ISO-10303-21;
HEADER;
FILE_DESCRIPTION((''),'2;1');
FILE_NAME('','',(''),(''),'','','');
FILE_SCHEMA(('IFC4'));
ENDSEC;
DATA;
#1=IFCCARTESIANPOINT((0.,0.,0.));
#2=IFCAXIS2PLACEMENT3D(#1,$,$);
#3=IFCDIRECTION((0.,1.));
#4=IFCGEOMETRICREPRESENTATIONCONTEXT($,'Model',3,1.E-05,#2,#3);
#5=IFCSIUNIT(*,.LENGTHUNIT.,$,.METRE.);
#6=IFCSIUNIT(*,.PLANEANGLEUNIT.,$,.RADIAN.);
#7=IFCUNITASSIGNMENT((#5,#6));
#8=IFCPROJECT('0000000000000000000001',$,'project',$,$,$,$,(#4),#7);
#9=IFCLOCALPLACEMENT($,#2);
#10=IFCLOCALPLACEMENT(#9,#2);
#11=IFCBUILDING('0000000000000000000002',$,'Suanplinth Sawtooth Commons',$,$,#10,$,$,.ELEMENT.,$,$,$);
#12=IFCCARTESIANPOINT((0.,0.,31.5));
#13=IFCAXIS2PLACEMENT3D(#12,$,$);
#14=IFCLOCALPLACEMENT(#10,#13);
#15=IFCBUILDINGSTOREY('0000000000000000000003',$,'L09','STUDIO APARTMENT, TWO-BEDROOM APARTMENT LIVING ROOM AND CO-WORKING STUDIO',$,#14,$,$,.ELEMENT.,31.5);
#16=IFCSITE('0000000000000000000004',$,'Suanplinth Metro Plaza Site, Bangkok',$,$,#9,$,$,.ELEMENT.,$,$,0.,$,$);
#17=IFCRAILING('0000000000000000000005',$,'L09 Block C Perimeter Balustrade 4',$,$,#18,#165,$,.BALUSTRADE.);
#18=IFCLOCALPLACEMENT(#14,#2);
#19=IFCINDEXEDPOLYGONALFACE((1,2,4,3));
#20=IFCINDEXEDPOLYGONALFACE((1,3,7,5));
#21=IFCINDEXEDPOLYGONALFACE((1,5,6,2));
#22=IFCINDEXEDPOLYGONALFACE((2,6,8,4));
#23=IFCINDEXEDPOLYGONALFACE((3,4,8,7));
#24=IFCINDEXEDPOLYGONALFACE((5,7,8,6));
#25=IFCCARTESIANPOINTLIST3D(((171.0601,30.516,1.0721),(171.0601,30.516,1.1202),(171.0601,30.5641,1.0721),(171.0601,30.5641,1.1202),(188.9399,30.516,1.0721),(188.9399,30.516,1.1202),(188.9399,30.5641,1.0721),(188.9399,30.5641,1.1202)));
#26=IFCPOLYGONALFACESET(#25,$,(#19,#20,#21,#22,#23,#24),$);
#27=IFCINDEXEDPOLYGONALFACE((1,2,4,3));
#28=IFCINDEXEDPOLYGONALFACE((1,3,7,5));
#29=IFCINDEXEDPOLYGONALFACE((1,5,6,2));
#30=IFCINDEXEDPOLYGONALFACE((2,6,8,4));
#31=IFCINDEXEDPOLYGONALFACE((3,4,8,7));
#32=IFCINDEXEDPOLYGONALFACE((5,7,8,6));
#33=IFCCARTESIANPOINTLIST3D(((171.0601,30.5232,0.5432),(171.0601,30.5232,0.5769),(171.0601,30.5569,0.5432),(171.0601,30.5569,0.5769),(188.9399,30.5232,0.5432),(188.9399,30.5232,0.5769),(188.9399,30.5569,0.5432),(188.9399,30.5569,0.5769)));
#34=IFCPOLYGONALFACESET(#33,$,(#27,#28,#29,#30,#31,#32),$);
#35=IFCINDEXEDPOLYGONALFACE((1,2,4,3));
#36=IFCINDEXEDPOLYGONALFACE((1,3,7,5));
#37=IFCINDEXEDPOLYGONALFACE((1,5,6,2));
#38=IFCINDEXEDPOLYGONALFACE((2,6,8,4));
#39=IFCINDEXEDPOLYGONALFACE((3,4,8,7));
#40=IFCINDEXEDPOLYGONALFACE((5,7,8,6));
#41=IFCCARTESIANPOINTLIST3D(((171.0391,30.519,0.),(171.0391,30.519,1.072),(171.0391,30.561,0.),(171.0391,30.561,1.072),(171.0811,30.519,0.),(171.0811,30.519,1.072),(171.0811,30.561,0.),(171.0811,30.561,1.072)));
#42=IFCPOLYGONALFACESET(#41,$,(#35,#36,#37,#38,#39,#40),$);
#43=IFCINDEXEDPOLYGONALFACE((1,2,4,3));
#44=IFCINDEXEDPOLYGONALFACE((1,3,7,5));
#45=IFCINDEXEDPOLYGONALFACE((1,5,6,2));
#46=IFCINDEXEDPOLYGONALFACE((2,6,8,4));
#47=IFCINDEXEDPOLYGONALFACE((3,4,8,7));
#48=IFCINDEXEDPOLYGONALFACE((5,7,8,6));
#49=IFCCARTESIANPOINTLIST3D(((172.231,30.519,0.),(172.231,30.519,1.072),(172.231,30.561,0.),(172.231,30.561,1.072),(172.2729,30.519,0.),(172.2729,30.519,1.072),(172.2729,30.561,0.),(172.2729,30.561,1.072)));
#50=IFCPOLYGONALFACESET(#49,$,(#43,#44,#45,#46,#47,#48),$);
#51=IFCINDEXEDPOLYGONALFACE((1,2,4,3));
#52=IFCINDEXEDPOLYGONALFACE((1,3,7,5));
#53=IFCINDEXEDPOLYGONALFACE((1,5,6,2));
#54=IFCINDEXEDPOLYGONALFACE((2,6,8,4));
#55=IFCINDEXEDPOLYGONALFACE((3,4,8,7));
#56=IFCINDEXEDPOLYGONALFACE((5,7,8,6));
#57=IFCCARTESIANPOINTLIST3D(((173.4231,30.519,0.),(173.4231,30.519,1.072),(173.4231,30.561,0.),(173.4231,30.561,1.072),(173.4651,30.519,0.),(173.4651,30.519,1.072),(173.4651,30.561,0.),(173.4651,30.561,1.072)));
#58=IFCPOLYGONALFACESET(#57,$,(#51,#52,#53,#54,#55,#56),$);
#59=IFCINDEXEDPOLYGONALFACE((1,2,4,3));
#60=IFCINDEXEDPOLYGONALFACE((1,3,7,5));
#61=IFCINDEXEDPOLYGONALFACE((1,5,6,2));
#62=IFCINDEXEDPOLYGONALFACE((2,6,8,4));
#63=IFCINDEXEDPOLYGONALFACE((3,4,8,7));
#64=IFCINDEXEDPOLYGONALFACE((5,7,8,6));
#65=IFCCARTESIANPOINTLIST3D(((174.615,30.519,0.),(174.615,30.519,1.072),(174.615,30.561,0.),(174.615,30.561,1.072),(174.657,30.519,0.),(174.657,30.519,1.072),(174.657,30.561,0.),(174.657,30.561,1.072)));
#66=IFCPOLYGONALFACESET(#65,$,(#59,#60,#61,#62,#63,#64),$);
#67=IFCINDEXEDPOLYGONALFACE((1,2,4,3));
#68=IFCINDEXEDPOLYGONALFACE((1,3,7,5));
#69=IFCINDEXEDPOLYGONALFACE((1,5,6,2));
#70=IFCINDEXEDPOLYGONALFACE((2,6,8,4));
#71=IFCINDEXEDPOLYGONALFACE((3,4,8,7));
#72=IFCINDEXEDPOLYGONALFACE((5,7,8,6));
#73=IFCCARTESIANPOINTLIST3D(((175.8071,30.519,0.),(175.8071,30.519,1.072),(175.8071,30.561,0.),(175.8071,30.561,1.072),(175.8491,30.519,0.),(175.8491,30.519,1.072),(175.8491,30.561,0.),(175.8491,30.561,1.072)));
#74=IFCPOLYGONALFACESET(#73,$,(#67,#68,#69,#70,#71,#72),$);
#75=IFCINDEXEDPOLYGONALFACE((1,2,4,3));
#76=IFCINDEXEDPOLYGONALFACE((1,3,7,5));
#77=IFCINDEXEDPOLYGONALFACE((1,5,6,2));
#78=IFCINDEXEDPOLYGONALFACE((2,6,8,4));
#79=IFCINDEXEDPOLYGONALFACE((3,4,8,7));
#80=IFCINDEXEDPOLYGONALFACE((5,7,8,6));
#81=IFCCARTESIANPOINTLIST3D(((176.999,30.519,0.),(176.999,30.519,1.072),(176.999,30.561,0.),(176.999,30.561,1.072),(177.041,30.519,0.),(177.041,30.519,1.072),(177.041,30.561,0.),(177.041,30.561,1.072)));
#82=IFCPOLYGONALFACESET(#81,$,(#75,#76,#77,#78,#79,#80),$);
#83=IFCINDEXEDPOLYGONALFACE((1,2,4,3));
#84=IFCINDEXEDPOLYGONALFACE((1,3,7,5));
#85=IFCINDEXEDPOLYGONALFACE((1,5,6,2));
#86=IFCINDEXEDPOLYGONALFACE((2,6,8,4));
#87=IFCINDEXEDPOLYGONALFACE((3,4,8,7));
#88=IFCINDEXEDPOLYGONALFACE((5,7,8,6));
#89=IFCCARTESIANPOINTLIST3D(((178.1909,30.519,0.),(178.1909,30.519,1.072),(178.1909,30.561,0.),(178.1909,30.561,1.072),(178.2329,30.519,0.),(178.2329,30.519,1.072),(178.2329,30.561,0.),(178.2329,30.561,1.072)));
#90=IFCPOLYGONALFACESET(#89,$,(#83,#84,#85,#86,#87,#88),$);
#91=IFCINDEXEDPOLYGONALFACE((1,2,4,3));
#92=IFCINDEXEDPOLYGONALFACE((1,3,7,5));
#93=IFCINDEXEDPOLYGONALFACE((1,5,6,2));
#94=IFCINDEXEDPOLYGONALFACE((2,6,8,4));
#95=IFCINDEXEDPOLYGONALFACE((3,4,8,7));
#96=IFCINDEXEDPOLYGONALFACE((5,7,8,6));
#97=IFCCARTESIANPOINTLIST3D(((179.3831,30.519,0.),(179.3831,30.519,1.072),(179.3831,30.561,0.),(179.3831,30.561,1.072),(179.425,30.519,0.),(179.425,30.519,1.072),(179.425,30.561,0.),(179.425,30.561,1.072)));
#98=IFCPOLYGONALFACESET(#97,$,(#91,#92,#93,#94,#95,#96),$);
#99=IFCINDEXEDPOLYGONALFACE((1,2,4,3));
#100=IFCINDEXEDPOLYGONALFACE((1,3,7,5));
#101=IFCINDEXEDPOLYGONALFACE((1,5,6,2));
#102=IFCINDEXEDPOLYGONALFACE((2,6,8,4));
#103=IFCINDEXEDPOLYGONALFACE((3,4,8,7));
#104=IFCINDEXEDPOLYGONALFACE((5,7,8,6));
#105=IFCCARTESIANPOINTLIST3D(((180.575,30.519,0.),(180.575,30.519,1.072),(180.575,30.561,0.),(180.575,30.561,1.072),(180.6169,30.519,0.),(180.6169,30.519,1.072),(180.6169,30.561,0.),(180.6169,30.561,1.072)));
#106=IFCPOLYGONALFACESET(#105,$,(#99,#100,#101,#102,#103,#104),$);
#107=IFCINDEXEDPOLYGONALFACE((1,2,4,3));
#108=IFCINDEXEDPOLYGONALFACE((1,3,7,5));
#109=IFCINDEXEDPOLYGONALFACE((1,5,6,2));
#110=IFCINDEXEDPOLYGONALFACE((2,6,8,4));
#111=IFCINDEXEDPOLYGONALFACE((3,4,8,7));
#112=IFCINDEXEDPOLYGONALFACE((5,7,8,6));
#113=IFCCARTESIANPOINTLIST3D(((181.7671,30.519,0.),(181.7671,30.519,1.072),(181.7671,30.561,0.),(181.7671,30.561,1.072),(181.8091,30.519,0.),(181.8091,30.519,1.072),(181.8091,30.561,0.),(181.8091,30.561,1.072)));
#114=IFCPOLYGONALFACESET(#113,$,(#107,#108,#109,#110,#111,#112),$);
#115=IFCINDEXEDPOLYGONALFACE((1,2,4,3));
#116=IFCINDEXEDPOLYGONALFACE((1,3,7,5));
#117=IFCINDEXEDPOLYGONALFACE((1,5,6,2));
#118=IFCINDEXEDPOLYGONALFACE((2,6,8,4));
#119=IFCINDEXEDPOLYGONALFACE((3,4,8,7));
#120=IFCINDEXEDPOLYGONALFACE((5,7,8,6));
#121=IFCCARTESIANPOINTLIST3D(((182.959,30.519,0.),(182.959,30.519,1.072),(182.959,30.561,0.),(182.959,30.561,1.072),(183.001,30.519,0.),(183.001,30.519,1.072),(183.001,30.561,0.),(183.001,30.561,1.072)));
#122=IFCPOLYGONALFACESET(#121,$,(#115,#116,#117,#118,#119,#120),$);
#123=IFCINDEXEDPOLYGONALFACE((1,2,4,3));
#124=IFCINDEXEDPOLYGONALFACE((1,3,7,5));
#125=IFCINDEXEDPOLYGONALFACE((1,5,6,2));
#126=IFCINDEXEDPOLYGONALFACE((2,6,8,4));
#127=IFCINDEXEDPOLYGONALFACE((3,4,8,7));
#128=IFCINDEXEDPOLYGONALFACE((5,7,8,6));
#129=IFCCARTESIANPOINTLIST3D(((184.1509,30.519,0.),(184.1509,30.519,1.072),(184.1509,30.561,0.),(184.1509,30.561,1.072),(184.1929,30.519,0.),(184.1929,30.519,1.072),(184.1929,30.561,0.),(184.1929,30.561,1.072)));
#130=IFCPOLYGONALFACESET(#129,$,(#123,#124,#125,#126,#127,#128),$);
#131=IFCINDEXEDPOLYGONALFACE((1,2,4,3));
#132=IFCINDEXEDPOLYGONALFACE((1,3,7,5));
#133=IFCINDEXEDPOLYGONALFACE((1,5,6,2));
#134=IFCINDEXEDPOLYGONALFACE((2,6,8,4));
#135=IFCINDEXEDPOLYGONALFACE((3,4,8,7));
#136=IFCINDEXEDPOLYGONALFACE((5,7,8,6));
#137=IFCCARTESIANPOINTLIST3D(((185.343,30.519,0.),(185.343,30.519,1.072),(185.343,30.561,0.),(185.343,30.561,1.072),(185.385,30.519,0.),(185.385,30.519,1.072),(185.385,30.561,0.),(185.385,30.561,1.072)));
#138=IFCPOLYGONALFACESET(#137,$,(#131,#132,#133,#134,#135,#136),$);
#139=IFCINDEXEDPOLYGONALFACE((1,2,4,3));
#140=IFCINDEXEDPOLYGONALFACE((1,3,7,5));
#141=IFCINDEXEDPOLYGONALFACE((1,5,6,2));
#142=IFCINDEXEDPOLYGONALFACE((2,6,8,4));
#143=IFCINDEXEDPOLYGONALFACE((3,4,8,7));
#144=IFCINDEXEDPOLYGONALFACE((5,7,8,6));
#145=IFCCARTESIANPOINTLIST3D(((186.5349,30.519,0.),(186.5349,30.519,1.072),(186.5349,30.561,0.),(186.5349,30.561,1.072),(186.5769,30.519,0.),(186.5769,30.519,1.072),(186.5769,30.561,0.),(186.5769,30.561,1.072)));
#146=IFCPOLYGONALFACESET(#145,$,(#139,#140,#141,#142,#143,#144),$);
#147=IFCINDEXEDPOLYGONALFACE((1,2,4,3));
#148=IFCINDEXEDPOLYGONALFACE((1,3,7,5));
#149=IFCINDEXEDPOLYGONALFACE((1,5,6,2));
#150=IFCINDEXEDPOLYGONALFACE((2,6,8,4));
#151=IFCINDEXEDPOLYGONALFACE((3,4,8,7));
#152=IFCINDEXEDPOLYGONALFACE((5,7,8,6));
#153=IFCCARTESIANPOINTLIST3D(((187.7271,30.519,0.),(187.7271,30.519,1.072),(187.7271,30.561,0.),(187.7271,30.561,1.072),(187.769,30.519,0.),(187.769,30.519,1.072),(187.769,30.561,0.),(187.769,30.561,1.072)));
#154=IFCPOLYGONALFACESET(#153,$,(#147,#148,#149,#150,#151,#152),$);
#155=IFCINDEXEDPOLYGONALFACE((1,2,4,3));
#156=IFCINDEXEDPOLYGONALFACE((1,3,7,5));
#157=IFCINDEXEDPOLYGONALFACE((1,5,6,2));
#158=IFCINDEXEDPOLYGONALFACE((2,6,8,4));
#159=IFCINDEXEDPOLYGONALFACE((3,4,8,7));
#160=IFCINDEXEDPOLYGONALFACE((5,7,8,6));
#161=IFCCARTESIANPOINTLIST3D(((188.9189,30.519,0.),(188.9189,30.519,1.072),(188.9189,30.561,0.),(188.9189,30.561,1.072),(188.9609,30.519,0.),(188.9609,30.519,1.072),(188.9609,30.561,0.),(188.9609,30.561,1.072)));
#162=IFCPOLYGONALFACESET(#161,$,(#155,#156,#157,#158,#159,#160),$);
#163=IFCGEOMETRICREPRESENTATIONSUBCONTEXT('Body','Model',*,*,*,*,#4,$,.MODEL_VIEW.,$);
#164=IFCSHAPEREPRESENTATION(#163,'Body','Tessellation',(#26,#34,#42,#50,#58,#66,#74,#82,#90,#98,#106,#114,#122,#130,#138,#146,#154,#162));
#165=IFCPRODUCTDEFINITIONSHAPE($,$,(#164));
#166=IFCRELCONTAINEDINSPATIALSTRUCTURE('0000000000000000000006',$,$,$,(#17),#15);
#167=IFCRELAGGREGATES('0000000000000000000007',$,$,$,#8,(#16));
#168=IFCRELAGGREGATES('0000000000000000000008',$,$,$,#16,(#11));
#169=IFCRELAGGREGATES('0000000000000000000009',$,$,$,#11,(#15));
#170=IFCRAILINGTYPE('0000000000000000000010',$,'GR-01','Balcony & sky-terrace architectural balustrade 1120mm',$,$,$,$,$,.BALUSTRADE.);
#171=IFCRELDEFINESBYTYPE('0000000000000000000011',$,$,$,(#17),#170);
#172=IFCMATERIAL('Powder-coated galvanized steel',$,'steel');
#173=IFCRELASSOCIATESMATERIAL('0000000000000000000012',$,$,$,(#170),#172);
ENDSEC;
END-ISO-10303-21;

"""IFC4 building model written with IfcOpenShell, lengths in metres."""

from ifc_helpers import new_model, si_unit, direction, frame, origin, origin_2d, place, context, subcontext, project, spatial, rectangle, extrude, material, type_object, element, save


model = new_model("IFC4")

# Units and contexts
model_context = context("Model", 3, precision=1e-05, world=origin(), true_north=direction((0.0, 1.0)))
body_context = subcontext(model_context, "Body", "Model", "MODEL_VIEW")
ifc_project = project(units=[si_unit("LENGTHUNIT", "METRE"), si_unit("PLANEANGLEUNIT", "RADIAN")], contexts=[model_context])

# Site, building, storey
site_placement = place(None, origin())
site = spatial("IfcSite", under=ifc_project, at=site_placement, Name="Suanplinth Metro Plaza Site, Bangkok", CompositionType="ELEMENT", RefElevation=0.0)
building_placement = place(site_placement, origin())
building = spatial("IfcBuilding", under=site, at=building_placement, Name="Suanplinth Sawtooth Commons", CompositionType="ELEMENT")
storey_placement = place(building_placement, frame((0.0, 0.0, 31.5)))
storey = spatial("IfcBuildingStorey", under=building, at=storey_placement, Name="L09", Description="STUDIO APARTMENT, TWO-BEDROOM APARTMENT LIVING ROOM AND CO-WORKING STUDIO", CompositionType="ELEMENT", Elevation=31.5)

# Railing
ifc_material_1 = material(Name="Powder-coated galvanized steel", Category="steel")
railing_type = type_object("IfcRailingType", Name="GR-01", Description="Balcony & sky-terrace architectural balustrade 1120mm", PredefinedType="BALUSTRADE", material=ifc_material_1)
railing_1_placement = place(storey_placement, frame((171.0601, 30.54, 0.0)))
element("IfcRailing", 1, at=railing_1_placement, inside=storey, type_object=railing_type, Name="L09 Block C Perimeter Balustrade 4", PredefinedType="BALUSTRADE", context=body_context, shape_type="SweptSolid", body=[
    extrude(rectangle(XDim=0.0481, YDim=0.0481, at=origin_2d()), frame((0.0, 0.0, 1.0962), z_axis=(1.0, 0.0, 0.0), x_axis=(0.0, 1.0, 0.0)), (0.0, 0.0, 1.0), 17.8799),
    extrude(rectangle(XDim=0.0337, YDim=0.0337, at=origin_2d()), frame((0.0, 0.0, 0.5601), z_axis=(1.0, 0.0, 0.0), x_axis=(0.0, 1.0, 0.0)), (0.0, 0.0, 1.0), 17.8799),
    extrude(rectangle(XDim=0.042, YDim=0.042, at=origin_2d()), origin(), (0.0, 0.0, 1.0), 1.072),
    extrude(rectangle(XDim=0.042, YDim=0.042, at=origin_2d()), frame((1.1919, 0.0, 0.0)), (0.0, 0.0, 1.0), 1.072),
    extrude(rectangle(XDim=0.042, YDim=0.042, at=origin_2d()), frame((2.384, 0.0, 0.0)), (0.0, 0.0, 1.0), 1.072),
    extrude(rectangle(XDim=0.042, YDim=0.042, at=origin_2d()), frame((3.5759, 0.0, 0.0)), (0.0, 0.0, 1.0), 1.072),
    extrude(rectangle(XDim=0.042, YDim=0.042, at=origin_2d()), frame((4.7681, 0.0, 0.0)), (0.0, 0.0, 1.0), 1.072),
    extrude(rectangle(XDim=0.042, YDim=0.042, at=origin_2d()), frame((5.96, 0.0, 0.0)), (0.0, 0.0, 1.0), 1.072),
    extrude(rectangle(XDim=0.042, YDim=0.042, at=origin_2d()), frame((7.1519, 0.0, 0.0)), (0.0, 0.0, 1.0), 1.072),
    extrude(rectangle(XDim=0.042, YDim=0.042, at=origin_2d()), frame((8.344, 0.0, 0.0)), (0.0, 0.0, 1.0), 1.072),
    extrude(rectangle(XDim=0.042, YDim=0.042, at=origin_2d()), frame((9.5359, 0.0, 0.0)), (0.0, 0.0, 1.0), 1.072),
    extrude(rectangle(XDim=0.042, YDim=0.042, at=origin_2d()), frame((10.728, 0.0, 0.0)), (0.0, 0.0, 1.0), 1.072),
    extrude(rectangle(XDim=0.042, YDim=0.042, at=origin_2d()), frame((11.9199, 0.0, 0.0)), (0.0, 0.0, 1.0), 1.072),
    extrude(rectangle(XDim=0.042, YDim=0.042, at=origin_2d()), frame((13.1118, 0.0, 0.0)), (0.0, 0.0, 1.0), 1.072),
    extrude(rectangle(XDim=0.042, YDim=0.042, at=origin_2d()), frame((14.304, 0.0, 0.0)), (0.0, 0.0, 1.0), 1.072),
    extrude(rectangle(XDim=0.042, YDim=0.042, at=origin_2d()), frame((15.4958, 0.0, 0.0)), (0.0, 0.0, 1.0), 1.072),
    extrude(rectangle(XDim=0.042, YDim=0.042, at=origin_2d()), frame((16.688, 0.0, 0.0)), (0.0, 0.0, 1.0), 1.072),
    extrude(rectangle(XDim=0.042, YDim=0.042, at=origin_2d()), frame((17.8799, 0.0, 0.0)), (0.0, 0.0, 1.0), 1.072),
])

save(model, "model.ifc")
